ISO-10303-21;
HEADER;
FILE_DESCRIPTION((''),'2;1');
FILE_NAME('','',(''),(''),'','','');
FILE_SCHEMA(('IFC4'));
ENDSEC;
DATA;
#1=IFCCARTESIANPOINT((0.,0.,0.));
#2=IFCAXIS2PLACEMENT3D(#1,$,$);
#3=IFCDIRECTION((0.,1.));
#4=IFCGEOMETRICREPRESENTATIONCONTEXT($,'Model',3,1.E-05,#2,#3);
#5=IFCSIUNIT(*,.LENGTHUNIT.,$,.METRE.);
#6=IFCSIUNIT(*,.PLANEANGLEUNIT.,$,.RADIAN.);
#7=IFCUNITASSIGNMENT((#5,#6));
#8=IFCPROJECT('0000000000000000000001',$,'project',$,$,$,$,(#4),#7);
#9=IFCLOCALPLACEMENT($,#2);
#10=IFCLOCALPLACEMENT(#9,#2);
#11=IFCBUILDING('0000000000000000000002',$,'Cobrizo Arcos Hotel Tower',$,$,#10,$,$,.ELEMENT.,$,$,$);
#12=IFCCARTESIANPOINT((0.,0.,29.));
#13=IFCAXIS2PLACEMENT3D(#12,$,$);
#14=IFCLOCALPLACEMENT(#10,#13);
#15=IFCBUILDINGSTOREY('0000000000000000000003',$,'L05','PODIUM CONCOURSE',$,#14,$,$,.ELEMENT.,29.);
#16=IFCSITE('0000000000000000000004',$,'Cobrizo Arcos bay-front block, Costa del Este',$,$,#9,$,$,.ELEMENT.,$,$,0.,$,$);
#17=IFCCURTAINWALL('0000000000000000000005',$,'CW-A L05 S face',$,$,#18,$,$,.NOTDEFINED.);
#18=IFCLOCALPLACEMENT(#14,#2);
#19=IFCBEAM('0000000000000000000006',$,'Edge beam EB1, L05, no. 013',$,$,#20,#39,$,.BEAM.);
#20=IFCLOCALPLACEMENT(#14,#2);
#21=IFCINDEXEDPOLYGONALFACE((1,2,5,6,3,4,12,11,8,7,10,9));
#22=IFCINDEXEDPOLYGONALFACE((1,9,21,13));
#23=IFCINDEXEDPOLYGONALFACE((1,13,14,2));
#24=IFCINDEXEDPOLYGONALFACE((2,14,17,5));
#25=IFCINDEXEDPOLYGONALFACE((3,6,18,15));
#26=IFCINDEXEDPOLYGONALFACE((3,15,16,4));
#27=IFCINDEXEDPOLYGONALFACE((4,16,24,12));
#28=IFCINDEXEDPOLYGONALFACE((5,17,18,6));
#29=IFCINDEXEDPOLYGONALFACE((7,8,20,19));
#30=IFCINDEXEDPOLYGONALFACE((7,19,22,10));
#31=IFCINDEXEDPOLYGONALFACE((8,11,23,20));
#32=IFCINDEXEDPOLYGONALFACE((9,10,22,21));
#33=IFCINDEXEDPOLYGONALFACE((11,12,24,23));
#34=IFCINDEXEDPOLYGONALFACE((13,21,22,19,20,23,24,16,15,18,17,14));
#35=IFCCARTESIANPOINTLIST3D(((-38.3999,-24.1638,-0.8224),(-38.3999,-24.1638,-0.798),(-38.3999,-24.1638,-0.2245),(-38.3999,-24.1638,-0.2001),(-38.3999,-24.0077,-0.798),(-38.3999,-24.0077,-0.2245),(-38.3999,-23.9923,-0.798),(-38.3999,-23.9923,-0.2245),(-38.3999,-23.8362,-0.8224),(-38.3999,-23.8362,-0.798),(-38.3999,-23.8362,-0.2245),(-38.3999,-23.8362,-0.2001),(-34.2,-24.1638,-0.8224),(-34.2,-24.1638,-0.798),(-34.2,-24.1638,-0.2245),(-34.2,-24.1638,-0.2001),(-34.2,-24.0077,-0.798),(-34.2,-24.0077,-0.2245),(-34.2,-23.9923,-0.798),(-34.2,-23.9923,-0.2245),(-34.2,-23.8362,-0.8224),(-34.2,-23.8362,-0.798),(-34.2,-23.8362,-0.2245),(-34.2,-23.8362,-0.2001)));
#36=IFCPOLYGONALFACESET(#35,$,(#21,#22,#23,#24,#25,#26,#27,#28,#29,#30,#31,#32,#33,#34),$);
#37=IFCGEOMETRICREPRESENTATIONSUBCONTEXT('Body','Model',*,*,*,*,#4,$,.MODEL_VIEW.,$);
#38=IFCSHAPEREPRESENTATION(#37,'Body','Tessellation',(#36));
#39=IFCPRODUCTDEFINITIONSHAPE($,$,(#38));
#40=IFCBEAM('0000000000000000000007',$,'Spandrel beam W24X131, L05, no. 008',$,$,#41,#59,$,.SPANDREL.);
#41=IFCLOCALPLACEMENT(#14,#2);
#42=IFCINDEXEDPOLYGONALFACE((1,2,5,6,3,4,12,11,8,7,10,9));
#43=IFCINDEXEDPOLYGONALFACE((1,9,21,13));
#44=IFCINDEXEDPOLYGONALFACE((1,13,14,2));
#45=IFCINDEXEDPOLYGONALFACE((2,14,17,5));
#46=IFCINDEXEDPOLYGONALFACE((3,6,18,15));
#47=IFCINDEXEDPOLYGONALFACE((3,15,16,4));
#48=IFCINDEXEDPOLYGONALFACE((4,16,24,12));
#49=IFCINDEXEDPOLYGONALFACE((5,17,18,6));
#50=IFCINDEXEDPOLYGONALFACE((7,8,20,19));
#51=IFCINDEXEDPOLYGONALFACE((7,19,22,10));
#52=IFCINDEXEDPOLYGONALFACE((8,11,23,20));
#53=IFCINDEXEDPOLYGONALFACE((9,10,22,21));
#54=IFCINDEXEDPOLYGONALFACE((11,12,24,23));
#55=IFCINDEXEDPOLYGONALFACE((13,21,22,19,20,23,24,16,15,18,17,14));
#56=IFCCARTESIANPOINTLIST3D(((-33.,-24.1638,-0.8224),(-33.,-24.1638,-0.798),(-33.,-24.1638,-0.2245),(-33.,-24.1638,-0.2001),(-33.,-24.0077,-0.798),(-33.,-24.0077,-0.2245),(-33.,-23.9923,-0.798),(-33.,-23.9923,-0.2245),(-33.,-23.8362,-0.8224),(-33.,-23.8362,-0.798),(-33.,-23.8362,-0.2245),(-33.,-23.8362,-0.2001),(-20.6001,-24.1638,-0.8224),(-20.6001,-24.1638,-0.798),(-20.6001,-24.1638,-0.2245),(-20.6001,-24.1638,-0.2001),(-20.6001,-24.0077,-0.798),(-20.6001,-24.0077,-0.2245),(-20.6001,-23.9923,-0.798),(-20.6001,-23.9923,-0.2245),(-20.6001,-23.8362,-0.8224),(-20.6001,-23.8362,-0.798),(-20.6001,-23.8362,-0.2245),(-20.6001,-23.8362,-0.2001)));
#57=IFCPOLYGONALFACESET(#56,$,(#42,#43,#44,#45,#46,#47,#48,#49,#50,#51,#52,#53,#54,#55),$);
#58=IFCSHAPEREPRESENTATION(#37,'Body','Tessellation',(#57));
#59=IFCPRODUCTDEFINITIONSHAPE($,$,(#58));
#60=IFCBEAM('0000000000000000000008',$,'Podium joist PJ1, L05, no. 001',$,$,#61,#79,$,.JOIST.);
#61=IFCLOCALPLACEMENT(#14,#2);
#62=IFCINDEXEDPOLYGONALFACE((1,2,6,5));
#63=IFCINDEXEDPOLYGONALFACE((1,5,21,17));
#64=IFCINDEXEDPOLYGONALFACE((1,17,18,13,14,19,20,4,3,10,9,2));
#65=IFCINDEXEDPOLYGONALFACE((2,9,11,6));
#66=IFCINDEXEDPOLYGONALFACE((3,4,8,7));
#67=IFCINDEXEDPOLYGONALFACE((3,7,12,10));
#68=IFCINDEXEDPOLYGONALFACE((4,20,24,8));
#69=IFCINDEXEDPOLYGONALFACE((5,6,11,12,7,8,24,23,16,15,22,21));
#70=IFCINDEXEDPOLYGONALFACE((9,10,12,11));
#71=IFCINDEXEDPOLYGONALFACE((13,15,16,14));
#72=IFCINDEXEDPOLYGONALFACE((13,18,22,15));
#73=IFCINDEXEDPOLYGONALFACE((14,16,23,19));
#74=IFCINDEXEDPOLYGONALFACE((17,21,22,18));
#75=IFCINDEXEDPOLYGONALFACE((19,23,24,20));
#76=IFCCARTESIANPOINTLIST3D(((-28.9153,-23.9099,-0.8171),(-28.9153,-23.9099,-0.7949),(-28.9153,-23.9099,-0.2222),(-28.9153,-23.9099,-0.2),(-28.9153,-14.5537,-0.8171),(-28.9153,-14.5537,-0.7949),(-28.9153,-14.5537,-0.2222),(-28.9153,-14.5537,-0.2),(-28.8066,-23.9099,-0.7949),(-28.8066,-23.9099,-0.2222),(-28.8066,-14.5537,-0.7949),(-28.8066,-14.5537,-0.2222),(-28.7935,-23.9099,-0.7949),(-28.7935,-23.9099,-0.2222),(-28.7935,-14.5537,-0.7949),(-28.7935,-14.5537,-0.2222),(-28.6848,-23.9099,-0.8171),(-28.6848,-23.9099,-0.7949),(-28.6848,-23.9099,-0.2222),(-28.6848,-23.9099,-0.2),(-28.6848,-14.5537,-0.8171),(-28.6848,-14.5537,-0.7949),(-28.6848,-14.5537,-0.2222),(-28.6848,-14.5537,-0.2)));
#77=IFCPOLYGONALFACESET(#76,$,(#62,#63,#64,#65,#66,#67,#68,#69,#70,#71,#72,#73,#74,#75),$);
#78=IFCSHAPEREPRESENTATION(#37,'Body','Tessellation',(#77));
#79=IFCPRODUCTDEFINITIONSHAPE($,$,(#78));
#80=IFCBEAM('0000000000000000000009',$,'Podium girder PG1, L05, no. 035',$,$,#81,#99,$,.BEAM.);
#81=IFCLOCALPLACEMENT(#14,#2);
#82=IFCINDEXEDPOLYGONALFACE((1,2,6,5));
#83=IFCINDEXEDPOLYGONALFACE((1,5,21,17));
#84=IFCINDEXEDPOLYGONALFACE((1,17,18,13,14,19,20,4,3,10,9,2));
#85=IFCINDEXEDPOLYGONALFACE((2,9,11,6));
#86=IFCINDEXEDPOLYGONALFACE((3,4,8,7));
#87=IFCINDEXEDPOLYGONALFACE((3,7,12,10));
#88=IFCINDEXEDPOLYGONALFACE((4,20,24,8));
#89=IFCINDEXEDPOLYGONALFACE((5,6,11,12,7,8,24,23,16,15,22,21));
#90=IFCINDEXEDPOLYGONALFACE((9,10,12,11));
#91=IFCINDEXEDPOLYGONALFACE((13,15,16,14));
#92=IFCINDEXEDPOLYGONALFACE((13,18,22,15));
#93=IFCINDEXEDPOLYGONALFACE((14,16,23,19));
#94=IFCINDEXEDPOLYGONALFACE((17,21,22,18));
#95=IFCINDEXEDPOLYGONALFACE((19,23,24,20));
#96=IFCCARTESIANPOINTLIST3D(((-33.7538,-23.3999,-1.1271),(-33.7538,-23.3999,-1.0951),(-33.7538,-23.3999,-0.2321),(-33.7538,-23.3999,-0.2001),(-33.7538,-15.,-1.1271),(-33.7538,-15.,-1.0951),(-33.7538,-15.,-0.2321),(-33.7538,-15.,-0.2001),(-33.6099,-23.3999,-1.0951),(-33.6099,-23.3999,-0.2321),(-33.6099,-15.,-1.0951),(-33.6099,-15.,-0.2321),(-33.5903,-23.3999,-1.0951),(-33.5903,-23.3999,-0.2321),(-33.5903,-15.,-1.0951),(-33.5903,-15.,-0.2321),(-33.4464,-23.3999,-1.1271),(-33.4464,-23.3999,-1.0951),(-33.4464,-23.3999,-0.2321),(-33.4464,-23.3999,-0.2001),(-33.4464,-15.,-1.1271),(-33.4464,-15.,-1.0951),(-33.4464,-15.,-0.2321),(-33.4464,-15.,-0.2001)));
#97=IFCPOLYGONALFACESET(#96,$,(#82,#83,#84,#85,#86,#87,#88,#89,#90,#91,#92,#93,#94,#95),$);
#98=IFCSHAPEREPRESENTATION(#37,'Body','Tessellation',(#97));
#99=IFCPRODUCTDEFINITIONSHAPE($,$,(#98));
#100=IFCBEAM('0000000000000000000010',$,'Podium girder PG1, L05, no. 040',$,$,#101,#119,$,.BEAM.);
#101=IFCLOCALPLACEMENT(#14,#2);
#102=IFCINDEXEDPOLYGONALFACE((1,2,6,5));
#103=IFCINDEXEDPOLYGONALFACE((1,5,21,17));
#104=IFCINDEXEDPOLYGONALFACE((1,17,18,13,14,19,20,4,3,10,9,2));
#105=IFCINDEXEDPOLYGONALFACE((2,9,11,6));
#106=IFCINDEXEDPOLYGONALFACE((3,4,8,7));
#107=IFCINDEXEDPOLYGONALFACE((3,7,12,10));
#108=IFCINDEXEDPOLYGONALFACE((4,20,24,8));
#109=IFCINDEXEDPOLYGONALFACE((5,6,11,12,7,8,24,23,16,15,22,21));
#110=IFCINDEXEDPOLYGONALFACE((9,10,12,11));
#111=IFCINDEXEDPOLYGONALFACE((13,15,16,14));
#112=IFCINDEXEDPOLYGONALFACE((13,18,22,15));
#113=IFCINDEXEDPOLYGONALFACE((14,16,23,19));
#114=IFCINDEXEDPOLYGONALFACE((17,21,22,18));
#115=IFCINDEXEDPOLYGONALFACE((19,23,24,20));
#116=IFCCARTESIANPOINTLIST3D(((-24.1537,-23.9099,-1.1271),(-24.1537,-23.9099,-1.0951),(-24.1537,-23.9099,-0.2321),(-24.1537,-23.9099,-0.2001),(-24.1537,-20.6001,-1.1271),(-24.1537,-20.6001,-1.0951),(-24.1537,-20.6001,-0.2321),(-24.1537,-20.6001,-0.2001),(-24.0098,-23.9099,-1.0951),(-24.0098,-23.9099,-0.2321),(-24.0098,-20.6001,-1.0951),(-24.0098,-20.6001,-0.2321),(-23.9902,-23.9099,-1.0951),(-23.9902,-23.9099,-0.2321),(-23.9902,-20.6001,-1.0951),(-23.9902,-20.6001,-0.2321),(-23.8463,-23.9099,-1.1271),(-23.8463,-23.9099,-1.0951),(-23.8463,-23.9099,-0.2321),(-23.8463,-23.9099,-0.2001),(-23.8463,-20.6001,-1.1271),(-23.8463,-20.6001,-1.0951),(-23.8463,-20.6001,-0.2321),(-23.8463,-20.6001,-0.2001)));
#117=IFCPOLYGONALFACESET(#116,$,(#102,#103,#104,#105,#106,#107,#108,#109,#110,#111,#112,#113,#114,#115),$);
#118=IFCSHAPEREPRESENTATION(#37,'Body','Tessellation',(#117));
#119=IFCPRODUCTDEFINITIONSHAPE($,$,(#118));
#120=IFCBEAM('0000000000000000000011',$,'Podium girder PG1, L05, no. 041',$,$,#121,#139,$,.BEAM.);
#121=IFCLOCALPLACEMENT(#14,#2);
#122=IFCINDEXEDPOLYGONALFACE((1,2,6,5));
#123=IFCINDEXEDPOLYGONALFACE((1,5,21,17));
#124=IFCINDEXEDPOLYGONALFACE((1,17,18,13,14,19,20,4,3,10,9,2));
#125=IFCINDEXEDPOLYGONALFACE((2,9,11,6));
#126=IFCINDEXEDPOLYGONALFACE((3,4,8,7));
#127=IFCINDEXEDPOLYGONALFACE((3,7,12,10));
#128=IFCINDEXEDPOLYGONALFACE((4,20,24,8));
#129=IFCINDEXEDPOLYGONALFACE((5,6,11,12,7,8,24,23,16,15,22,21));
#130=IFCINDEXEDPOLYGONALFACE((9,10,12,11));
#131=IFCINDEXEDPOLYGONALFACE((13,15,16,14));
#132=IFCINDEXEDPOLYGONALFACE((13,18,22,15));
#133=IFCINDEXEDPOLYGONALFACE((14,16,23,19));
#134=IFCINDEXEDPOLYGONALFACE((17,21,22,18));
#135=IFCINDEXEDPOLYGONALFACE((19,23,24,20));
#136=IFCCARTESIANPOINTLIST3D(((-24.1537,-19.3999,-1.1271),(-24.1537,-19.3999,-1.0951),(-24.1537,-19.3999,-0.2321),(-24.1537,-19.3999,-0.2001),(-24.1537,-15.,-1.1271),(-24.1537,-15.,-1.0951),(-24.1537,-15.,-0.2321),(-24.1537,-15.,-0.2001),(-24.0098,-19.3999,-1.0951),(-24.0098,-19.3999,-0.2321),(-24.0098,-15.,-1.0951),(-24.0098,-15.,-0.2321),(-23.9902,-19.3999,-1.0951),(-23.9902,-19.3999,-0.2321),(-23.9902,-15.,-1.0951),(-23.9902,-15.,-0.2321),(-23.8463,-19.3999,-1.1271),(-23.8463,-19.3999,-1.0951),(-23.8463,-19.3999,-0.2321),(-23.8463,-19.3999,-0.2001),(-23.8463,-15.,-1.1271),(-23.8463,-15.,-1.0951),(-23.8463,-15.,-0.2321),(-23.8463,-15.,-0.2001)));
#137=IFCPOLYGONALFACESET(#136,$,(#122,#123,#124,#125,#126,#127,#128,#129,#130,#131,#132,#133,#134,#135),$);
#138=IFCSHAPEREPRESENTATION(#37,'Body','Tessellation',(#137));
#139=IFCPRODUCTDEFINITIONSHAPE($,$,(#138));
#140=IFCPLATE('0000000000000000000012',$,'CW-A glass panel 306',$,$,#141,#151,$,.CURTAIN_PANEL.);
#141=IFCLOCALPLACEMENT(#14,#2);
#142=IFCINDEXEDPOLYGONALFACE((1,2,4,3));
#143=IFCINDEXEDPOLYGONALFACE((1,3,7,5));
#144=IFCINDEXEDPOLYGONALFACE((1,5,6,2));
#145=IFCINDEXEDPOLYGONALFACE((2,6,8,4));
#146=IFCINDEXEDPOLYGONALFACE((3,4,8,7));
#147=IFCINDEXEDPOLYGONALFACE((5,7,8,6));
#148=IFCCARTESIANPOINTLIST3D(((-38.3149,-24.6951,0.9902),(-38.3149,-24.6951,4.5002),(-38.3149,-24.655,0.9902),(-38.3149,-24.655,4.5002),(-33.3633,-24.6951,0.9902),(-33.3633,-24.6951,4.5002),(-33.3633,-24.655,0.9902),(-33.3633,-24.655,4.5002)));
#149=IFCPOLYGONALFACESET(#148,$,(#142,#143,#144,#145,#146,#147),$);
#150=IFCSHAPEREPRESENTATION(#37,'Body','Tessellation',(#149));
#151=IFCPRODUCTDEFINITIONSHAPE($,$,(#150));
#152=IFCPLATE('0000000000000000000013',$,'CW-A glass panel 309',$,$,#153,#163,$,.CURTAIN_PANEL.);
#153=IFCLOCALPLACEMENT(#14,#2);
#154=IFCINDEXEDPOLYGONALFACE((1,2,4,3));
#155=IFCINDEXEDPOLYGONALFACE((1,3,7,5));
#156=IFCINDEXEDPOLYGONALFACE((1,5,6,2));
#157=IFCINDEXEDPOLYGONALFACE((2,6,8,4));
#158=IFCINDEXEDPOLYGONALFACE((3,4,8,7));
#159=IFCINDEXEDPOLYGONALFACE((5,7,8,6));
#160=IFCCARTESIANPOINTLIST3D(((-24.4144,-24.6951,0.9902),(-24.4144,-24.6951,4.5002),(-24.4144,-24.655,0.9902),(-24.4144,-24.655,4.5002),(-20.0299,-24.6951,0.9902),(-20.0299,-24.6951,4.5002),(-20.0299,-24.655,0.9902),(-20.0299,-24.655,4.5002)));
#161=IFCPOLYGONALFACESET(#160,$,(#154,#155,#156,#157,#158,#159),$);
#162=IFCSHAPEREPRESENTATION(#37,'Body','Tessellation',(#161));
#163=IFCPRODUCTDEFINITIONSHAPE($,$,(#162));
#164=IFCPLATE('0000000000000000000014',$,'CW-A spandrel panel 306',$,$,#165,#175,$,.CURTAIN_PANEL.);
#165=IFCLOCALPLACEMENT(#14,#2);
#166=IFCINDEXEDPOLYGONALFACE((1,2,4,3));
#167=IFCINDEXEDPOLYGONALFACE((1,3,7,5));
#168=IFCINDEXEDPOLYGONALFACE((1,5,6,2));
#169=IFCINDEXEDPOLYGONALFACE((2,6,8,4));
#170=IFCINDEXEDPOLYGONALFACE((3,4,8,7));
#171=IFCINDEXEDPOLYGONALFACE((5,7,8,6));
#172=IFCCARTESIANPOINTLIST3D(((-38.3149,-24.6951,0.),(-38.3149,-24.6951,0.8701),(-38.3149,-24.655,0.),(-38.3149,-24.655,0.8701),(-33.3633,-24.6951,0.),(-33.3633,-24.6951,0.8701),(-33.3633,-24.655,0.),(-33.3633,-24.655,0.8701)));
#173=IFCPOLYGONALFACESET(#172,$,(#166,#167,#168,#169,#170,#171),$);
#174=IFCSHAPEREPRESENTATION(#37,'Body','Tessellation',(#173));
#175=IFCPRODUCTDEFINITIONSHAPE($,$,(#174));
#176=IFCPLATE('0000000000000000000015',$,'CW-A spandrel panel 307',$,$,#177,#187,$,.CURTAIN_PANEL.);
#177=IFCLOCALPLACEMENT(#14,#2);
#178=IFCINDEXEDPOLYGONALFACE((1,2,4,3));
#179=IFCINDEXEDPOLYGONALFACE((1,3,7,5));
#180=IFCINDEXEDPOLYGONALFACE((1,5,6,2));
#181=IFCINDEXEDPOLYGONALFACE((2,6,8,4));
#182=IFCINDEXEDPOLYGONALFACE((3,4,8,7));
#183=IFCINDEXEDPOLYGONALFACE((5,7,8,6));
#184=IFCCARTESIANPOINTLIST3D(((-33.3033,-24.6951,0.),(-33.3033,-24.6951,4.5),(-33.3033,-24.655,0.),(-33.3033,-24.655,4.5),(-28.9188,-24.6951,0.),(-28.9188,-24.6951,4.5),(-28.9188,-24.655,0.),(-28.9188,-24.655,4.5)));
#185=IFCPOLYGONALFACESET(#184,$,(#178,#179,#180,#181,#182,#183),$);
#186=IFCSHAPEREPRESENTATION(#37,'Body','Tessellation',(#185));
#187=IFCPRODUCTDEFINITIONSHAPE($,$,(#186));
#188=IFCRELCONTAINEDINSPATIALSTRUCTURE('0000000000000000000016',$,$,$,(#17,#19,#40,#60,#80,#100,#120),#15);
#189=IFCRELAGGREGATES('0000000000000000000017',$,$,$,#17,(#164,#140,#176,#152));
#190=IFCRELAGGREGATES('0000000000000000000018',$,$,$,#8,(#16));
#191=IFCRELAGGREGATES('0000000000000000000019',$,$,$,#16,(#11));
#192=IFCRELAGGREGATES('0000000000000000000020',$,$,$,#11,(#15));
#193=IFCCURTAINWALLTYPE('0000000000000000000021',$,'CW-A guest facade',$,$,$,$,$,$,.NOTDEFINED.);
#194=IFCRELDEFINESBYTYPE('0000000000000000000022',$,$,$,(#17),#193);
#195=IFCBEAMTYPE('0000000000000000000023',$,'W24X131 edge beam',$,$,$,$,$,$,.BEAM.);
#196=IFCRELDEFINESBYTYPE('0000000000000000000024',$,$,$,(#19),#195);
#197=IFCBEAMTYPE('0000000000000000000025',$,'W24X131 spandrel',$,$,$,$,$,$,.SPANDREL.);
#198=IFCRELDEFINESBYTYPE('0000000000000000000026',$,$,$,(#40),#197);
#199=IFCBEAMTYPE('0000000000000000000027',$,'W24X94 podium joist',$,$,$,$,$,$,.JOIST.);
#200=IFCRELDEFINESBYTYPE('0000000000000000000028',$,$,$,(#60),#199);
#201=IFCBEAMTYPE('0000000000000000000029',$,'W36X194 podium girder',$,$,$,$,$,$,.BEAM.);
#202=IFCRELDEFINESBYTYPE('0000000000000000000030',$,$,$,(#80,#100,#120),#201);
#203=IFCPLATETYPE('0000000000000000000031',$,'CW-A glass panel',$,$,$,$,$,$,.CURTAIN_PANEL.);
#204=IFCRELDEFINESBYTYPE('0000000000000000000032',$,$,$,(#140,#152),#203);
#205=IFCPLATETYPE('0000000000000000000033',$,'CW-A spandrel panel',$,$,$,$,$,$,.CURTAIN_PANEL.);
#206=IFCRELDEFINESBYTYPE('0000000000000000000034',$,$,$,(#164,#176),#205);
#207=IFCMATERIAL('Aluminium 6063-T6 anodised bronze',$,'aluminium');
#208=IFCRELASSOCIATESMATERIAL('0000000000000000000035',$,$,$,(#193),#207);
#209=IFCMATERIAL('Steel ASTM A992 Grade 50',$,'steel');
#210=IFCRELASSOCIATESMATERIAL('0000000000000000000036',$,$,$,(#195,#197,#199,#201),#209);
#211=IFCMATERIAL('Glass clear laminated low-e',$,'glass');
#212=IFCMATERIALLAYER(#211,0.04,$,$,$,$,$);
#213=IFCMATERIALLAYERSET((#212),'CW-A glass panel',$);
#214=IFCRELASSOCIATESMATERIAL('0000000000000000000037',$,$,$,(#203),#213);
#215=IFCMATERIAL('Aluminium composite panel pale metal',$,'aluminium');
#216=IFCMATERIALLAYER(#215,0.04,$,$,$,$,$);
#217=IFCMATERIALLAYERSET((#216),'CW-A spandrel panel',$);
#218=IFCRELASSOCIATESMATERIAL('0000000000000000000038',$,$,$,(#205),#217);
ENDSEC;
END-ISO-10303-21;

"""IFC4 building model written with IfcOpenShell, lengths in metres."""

from ifc_helpers import new_model, si_unit, direction, frame, origin, origin_2d, place, context, subcontext, project, spatial, rectangle, i_section, extrude, material, layer, layer_set, material_profile, profile_set, type_object, element, aggregate, save


model = new_model("IFC4")

# Units and contexts
model_context = context("Model", 3, precision=1e-05, world=origin(), true_north=direction((0.0, 1.0)))
body_context = subcontext(model_context, "Body", "Model", "MODEL_VIEW")
ifc_project = project(units=[si_unit("LENGTHUNIT", "METRE"), si_unit("PLANEANGLEUNIT", "RADIAN")], contexts=[model_context])

# Site, building, storey
site_placement = place(None, origin())
site = spatial("IfcSite", under=ifc_project, at=site_placement, Name="Cobrizo Arcos bay-front block, Costa del Este", CompositionType="ELEMENT", RefElevation=0.0)
building_placement = place(site_placement, origin())
building = spatial("IfcBuilding", under=site, at=building_placement, Name="Cobrizo Arcos Hotel Tower", CompositionType="ELEMENT")
storey_placement = place(building_placement, frame((0.0, 0.0, 29.0)))
storey = spatial("IfcBuildingStorey", under=building, at=storey_placement, Name="L05", Description="PODIUM CONCOURSE", CompositionType="ELEMENT", Elevation=29.0)

# Curtain wall
ifc_material_1 = material(Name="Aluminium 6063-T6 anodised bronze", Category="aluminium")
curtain_wall_type_1 = type_object("IfcCurtainWallType", Name="CW-A guest facade", PredefinedType="NOTDEFINED", material=ifc_material_1)
curtain_wall_1_placement = place(storey_placement, origin())
curtain_wall_1 = element("IfcCurtainWall", 1, at=curtain_wall_1_placement, inside=storey, type_object=curtain_wall_type_1, Name="CW-A L05 S face", PredefinedType="NOTDEFINED")

# Beams
ifc_material_2 = material(Name="Steel ASTM A992 Grade 50", Category="steel")
ifc_material_profile_1 = material_profile(ifc_material_2, i_section(OverallWidth=0.3276, OverallDepth=0.6223, WebThickness=0.0154, FlangeThickness=0.0244, at=origin_2d()), Name="W24X131")
ifc_profile_set_1 = profile_set([ifc_material_profile_1], Name="Steel ASTM A992 Grade 50")
beam_type_1 = type_object("IfcBeamType", Name="W24X131 edge beam", PredefinedType="BEAM", material=ifc_profile_set_1)
beam_1_placement = place(storey_placement, frame((-38.3999, -24.0, -0.5112), z_axis=(1.0, 0.0, 0.0), x_axis=(0.0, 1.0, 0.0)))
element("IfcBeam", 2, at=beam_1_placement, inside=storey, type_object=beam_type_1, Name="Edge beam EB1, L05, no. 013", PredefinedType="BEAM", context=body_context, shape_type="SweptSolid", body=[
    extrude(i_section(OverallWidth=0.3276, OverallDepth=0.6223, WebThickness=0.0154, FlangeThickness=0.0244, at=origin_2d()), origin(), (0.0, 0.0, 1.0), 4.2),
])
ifc_material_profile_2 = material_profile(ifc_material_2, i_section(OverallWidth=0.3276, OverallDepth=0.6223, WebThickness=0.0154, FlangeThickness=0.0244, at=origin_2d()), Name="W24X131")
ifc_profile_set_2 = profile_set([ifc_material_profile_2], Name="Steel ASTM A992 Grade 50")
beam_type_2 = type_object("IfcBeamType", Name="W24X131 spandrel", PredefinedType="SPANDREL", material=ifc_profile_set_2)
beam_2_placement = place(storey_placement, frame((-33.0, -24.0, -0.5112), z_axis=(1.0, 0.0, 0.0), x_axis=(0.0, 1.0, 0.0)))
element("IfcBeam", 3, at=beam_2_placement, inside=storey, type_object=beam_type_2, Name="Spandrel beam W24X131, L05, no. 008", PredefinedType="SPANDREL", context=body_context, shape_type="SweptSolid", body=[
    extrude(i_section(OverallWidth=0.3276, OverallDepth=0.6223, WebThickness=0.0154, FlangeThickness=0.0244, at=origin_2d()), origin(), (0.0, 0.0, 1.0), 12.3999),
])
ifc_material_profile_3 = material_profile(ifc_material_2, i_section(OverallWidth=0.2305, OverallDepth=0.6172, WebThickness=0.0132, FlangeThickness=0.0222, at=origin_2d()), Name="W24X94")
ifc_profile_set_3 = profile_set([ifc_material_profile_3], Name="Steel ASTM A992 Grade 50")
beam_type_3 = type_object("IfcBeamType", Name="W24X94 podium joist", PredefinedType="JOIST", material=ifc_profile_set_3)
beam_3_placement = place(storey_placement, frame((-28.8, -23.9099, -0.5085), z_axis=(0.0, 1.0, 0.0), x_axis=(-1.0, 0.0, 0.0)))
element("IfcBeam", 4, at=beam_3_placement, inside=storey, type_object=beam_type_3, Name="Podium joist PJ1, L05, no. 001", PredefinedType="JOIST", context=body_context, shape_type="SweptSolid", body=[
    extrude(i_section(OverallWidth=0.2305, OverallDepth=0.6172, WebThickness=0.0132, FlangeThickness=0.0222, at=origin_2d()), origin(), (0.0, 0.0, 1.0), 9.3562),
])
ifc_material_profile_4 = material_profile(ifc_material_2, i_section(OverallWidth=0.3074, OverallDepth=0.927, WebThickness=0.0195, FlangeThickness=0.032, at=origin_2d()), Name="W36X194")
ifc_profile_set_4 = profile_set([ifc_material_profile_4], Name="Steel ASTM A992 Grade 50")
beam_type_4 = type_object("IfcBeamType", Name="W36X194 podium girder", PredefinedType="BEAM", material=ifc_profile_set_4)
beam_4_placement = place(storey_placement, frame((-33.6001, -23.3999, -0.6636), z_axis=(0.0, 1.0, 0.0), x_axis=(-1.0, 0.0, 0.0)))
element("IfcBeam", 5, at=beam_4_placement, inside=storey, type_object=beam_type_4, Name="Podium girder PG1, L05, no. 035", PredefinedType="BEAM", context=body_context, shape_type="SweptSolid", body=[
    extrude(i_section(OverallWidth=0.3074, OverallDepth=0.927, WebThickness=0.0195, FlangeThickness=0.032, at=origin_2d()), origin(), (0.0, 0.0, 1.0), 8.3999),
])
beam_5_placement = place(storey_placement, frame((-24.0, -23.9099, -0.6636), z_axis=(0.0, 1.0, 0.0), x_axis=(-1.0, 0.0, 0.0)))
element("IfcBeam", 6, at=beam_5_placement, inside=storey, type_object=beam_type_4, Name="Podium girder PG1, L05, no. 040", PredefinedType="BEAM", context=body_context, shape_type="SweptSolid", body=[
    extrude(i_section(OverallWidth=0.3074, OverallDepth=0.927, WebThickness=0.0195, FlangeThickness=0.032, at=origin_2d()), origin(), (0.0, 0.0, 1.0), 3.3098),
])
beam_6_placement = place(storey_placement, frame((-24.0, -19.3999, -0.6636), z_axis=(0.0, 1.0, 0.0), x_axis=(-1.0, 0.0, 0.0)))
element("IfcBeam", 7, at=beam_6_placement, inside=storey, type_object=beam_type_4, Name="Podium girder PG1, L05, no. 041", PredefinedType="BEAM", context=body_context, shape_type="SweptSolid", body=[
    extrude(i_section(OverallWidth=0.3074, OverallDepth=0.927, WebThickness=0.0195, FlangeThickness=0.032, at=origin_2d()), origin(), (0.0, 0.0, 1.0), 4.3999),
])

# Plates
ifc_material_3 = material(Name="Glass clear laminated low-e", Category="glass")
ifc_layer_1 = layer(ifc_material_3, 0.04)
ifc_layer_set_1 = layer_set([ifc_layer_1], Name="CW-A glass panel")
plate_type_1 = type_object("IfcPlateType", Name="CW-A glass panel", PredefinedType="CURTAIN_PANEL", material=ifc_layer_set_1)
plate_1_placement = place(storey_placement, frame((-35.8391, -24.675, 0.9902), z_axis=(0.0, 0.0, 1.0), x_axis=(1.0, 0.0, 0.0)))
plate_1 = element("IfcPlate", 8, at=plate_1_placement, type_object=plate_type_1, Name="CW-A glass panel 306", PredefinedType="CURTAIN_PANEL", context=body_context, shape_type="SweptSolid", body=[
    extrude(rectangle(XDim=4.9517, YDim=0.04, at=origin_2d()), origin(), (0.0, 0.0, 1.0), 3.51),
])
plate_2_placement = place(storey_placement, frame((-22.2222, -24.675, 0.9902), z_axis=(0.0, 0.0, 1.0), x_axis=(1.0, 0.0, 0.0)))
plate_2 = element("IfcPlate", 9, at=plate_2_placement, type_object=plate_type_1, Name="CW-A glass panel 309", PredefinedType="CURTAIN_PANEL", context=body_context, shape_type="SweptSolid", body=[
    extrude(rectangle(XDim=4.3845, YDim=0.04, at=origin_2d()), origin(), (0.0, 0.0, 1.0), 3.51),
])
ifc_material_4 = material(Name="Aluminium composite panel pale metal", Category="aluminium")
ifc_layer_2 = layer(ifc_material_4, 0.04)
ifc_layer_set_2 = layer_set([ifc_layer_2], Name="CW-A spandrel panel")
plate_type_2 = type_object("IfcPlateType", Name="CW-A spandrel panel", PredefinedType="CURTAIN_PANEL", material=ifc_layer_set_2)
plate_3_placement = place(storey_placement, frame((-35.8391, -24.675, 0.0), z_axis=(0.0, 0.0, 1.0), x_axis=(1.0, 0.0, 0.0)))
plate_3 = element("IfcPlate", 10, at=plate_3_placement, type_object=plate_type_2, Name="CW-A spandrel panel 306", PredefinedType="CURTAIN_PANEL", context=body_context, shape_type="SweptSolid", body=[
    extrude(rectangle(XDim=4.9517, YDim=0.04, at=origin_2d()), origin(), (0.0, 0.0, 1.0), 0.8701),
])
plate_4_placement = place(storey_placement, frame((-31.1111, -24.675, 0.0), z_axis=(0.0, 0.0, 1.0), x_axis=(1.0, 0.0, 0.0)))
plate_4 = element("IfcPlate", 11, at=plate_4_placement, type_object=plate_type_2, Name="CW-A spandrel panel 307", PredefinedType="CURTAIN_PANEL", context=body_context, shape_type="SweptSolid", body=[
    extrude(rectangle(XDim=4.3845, YDim=0.04, at=origin_2d()), origin(), (0.0, 0.0, 1.0), 4.5),
])
aggregate(curtain_wall_1, [plate_3, plate_1, plate_4, plate_2])

save(model, "model.ifc")
